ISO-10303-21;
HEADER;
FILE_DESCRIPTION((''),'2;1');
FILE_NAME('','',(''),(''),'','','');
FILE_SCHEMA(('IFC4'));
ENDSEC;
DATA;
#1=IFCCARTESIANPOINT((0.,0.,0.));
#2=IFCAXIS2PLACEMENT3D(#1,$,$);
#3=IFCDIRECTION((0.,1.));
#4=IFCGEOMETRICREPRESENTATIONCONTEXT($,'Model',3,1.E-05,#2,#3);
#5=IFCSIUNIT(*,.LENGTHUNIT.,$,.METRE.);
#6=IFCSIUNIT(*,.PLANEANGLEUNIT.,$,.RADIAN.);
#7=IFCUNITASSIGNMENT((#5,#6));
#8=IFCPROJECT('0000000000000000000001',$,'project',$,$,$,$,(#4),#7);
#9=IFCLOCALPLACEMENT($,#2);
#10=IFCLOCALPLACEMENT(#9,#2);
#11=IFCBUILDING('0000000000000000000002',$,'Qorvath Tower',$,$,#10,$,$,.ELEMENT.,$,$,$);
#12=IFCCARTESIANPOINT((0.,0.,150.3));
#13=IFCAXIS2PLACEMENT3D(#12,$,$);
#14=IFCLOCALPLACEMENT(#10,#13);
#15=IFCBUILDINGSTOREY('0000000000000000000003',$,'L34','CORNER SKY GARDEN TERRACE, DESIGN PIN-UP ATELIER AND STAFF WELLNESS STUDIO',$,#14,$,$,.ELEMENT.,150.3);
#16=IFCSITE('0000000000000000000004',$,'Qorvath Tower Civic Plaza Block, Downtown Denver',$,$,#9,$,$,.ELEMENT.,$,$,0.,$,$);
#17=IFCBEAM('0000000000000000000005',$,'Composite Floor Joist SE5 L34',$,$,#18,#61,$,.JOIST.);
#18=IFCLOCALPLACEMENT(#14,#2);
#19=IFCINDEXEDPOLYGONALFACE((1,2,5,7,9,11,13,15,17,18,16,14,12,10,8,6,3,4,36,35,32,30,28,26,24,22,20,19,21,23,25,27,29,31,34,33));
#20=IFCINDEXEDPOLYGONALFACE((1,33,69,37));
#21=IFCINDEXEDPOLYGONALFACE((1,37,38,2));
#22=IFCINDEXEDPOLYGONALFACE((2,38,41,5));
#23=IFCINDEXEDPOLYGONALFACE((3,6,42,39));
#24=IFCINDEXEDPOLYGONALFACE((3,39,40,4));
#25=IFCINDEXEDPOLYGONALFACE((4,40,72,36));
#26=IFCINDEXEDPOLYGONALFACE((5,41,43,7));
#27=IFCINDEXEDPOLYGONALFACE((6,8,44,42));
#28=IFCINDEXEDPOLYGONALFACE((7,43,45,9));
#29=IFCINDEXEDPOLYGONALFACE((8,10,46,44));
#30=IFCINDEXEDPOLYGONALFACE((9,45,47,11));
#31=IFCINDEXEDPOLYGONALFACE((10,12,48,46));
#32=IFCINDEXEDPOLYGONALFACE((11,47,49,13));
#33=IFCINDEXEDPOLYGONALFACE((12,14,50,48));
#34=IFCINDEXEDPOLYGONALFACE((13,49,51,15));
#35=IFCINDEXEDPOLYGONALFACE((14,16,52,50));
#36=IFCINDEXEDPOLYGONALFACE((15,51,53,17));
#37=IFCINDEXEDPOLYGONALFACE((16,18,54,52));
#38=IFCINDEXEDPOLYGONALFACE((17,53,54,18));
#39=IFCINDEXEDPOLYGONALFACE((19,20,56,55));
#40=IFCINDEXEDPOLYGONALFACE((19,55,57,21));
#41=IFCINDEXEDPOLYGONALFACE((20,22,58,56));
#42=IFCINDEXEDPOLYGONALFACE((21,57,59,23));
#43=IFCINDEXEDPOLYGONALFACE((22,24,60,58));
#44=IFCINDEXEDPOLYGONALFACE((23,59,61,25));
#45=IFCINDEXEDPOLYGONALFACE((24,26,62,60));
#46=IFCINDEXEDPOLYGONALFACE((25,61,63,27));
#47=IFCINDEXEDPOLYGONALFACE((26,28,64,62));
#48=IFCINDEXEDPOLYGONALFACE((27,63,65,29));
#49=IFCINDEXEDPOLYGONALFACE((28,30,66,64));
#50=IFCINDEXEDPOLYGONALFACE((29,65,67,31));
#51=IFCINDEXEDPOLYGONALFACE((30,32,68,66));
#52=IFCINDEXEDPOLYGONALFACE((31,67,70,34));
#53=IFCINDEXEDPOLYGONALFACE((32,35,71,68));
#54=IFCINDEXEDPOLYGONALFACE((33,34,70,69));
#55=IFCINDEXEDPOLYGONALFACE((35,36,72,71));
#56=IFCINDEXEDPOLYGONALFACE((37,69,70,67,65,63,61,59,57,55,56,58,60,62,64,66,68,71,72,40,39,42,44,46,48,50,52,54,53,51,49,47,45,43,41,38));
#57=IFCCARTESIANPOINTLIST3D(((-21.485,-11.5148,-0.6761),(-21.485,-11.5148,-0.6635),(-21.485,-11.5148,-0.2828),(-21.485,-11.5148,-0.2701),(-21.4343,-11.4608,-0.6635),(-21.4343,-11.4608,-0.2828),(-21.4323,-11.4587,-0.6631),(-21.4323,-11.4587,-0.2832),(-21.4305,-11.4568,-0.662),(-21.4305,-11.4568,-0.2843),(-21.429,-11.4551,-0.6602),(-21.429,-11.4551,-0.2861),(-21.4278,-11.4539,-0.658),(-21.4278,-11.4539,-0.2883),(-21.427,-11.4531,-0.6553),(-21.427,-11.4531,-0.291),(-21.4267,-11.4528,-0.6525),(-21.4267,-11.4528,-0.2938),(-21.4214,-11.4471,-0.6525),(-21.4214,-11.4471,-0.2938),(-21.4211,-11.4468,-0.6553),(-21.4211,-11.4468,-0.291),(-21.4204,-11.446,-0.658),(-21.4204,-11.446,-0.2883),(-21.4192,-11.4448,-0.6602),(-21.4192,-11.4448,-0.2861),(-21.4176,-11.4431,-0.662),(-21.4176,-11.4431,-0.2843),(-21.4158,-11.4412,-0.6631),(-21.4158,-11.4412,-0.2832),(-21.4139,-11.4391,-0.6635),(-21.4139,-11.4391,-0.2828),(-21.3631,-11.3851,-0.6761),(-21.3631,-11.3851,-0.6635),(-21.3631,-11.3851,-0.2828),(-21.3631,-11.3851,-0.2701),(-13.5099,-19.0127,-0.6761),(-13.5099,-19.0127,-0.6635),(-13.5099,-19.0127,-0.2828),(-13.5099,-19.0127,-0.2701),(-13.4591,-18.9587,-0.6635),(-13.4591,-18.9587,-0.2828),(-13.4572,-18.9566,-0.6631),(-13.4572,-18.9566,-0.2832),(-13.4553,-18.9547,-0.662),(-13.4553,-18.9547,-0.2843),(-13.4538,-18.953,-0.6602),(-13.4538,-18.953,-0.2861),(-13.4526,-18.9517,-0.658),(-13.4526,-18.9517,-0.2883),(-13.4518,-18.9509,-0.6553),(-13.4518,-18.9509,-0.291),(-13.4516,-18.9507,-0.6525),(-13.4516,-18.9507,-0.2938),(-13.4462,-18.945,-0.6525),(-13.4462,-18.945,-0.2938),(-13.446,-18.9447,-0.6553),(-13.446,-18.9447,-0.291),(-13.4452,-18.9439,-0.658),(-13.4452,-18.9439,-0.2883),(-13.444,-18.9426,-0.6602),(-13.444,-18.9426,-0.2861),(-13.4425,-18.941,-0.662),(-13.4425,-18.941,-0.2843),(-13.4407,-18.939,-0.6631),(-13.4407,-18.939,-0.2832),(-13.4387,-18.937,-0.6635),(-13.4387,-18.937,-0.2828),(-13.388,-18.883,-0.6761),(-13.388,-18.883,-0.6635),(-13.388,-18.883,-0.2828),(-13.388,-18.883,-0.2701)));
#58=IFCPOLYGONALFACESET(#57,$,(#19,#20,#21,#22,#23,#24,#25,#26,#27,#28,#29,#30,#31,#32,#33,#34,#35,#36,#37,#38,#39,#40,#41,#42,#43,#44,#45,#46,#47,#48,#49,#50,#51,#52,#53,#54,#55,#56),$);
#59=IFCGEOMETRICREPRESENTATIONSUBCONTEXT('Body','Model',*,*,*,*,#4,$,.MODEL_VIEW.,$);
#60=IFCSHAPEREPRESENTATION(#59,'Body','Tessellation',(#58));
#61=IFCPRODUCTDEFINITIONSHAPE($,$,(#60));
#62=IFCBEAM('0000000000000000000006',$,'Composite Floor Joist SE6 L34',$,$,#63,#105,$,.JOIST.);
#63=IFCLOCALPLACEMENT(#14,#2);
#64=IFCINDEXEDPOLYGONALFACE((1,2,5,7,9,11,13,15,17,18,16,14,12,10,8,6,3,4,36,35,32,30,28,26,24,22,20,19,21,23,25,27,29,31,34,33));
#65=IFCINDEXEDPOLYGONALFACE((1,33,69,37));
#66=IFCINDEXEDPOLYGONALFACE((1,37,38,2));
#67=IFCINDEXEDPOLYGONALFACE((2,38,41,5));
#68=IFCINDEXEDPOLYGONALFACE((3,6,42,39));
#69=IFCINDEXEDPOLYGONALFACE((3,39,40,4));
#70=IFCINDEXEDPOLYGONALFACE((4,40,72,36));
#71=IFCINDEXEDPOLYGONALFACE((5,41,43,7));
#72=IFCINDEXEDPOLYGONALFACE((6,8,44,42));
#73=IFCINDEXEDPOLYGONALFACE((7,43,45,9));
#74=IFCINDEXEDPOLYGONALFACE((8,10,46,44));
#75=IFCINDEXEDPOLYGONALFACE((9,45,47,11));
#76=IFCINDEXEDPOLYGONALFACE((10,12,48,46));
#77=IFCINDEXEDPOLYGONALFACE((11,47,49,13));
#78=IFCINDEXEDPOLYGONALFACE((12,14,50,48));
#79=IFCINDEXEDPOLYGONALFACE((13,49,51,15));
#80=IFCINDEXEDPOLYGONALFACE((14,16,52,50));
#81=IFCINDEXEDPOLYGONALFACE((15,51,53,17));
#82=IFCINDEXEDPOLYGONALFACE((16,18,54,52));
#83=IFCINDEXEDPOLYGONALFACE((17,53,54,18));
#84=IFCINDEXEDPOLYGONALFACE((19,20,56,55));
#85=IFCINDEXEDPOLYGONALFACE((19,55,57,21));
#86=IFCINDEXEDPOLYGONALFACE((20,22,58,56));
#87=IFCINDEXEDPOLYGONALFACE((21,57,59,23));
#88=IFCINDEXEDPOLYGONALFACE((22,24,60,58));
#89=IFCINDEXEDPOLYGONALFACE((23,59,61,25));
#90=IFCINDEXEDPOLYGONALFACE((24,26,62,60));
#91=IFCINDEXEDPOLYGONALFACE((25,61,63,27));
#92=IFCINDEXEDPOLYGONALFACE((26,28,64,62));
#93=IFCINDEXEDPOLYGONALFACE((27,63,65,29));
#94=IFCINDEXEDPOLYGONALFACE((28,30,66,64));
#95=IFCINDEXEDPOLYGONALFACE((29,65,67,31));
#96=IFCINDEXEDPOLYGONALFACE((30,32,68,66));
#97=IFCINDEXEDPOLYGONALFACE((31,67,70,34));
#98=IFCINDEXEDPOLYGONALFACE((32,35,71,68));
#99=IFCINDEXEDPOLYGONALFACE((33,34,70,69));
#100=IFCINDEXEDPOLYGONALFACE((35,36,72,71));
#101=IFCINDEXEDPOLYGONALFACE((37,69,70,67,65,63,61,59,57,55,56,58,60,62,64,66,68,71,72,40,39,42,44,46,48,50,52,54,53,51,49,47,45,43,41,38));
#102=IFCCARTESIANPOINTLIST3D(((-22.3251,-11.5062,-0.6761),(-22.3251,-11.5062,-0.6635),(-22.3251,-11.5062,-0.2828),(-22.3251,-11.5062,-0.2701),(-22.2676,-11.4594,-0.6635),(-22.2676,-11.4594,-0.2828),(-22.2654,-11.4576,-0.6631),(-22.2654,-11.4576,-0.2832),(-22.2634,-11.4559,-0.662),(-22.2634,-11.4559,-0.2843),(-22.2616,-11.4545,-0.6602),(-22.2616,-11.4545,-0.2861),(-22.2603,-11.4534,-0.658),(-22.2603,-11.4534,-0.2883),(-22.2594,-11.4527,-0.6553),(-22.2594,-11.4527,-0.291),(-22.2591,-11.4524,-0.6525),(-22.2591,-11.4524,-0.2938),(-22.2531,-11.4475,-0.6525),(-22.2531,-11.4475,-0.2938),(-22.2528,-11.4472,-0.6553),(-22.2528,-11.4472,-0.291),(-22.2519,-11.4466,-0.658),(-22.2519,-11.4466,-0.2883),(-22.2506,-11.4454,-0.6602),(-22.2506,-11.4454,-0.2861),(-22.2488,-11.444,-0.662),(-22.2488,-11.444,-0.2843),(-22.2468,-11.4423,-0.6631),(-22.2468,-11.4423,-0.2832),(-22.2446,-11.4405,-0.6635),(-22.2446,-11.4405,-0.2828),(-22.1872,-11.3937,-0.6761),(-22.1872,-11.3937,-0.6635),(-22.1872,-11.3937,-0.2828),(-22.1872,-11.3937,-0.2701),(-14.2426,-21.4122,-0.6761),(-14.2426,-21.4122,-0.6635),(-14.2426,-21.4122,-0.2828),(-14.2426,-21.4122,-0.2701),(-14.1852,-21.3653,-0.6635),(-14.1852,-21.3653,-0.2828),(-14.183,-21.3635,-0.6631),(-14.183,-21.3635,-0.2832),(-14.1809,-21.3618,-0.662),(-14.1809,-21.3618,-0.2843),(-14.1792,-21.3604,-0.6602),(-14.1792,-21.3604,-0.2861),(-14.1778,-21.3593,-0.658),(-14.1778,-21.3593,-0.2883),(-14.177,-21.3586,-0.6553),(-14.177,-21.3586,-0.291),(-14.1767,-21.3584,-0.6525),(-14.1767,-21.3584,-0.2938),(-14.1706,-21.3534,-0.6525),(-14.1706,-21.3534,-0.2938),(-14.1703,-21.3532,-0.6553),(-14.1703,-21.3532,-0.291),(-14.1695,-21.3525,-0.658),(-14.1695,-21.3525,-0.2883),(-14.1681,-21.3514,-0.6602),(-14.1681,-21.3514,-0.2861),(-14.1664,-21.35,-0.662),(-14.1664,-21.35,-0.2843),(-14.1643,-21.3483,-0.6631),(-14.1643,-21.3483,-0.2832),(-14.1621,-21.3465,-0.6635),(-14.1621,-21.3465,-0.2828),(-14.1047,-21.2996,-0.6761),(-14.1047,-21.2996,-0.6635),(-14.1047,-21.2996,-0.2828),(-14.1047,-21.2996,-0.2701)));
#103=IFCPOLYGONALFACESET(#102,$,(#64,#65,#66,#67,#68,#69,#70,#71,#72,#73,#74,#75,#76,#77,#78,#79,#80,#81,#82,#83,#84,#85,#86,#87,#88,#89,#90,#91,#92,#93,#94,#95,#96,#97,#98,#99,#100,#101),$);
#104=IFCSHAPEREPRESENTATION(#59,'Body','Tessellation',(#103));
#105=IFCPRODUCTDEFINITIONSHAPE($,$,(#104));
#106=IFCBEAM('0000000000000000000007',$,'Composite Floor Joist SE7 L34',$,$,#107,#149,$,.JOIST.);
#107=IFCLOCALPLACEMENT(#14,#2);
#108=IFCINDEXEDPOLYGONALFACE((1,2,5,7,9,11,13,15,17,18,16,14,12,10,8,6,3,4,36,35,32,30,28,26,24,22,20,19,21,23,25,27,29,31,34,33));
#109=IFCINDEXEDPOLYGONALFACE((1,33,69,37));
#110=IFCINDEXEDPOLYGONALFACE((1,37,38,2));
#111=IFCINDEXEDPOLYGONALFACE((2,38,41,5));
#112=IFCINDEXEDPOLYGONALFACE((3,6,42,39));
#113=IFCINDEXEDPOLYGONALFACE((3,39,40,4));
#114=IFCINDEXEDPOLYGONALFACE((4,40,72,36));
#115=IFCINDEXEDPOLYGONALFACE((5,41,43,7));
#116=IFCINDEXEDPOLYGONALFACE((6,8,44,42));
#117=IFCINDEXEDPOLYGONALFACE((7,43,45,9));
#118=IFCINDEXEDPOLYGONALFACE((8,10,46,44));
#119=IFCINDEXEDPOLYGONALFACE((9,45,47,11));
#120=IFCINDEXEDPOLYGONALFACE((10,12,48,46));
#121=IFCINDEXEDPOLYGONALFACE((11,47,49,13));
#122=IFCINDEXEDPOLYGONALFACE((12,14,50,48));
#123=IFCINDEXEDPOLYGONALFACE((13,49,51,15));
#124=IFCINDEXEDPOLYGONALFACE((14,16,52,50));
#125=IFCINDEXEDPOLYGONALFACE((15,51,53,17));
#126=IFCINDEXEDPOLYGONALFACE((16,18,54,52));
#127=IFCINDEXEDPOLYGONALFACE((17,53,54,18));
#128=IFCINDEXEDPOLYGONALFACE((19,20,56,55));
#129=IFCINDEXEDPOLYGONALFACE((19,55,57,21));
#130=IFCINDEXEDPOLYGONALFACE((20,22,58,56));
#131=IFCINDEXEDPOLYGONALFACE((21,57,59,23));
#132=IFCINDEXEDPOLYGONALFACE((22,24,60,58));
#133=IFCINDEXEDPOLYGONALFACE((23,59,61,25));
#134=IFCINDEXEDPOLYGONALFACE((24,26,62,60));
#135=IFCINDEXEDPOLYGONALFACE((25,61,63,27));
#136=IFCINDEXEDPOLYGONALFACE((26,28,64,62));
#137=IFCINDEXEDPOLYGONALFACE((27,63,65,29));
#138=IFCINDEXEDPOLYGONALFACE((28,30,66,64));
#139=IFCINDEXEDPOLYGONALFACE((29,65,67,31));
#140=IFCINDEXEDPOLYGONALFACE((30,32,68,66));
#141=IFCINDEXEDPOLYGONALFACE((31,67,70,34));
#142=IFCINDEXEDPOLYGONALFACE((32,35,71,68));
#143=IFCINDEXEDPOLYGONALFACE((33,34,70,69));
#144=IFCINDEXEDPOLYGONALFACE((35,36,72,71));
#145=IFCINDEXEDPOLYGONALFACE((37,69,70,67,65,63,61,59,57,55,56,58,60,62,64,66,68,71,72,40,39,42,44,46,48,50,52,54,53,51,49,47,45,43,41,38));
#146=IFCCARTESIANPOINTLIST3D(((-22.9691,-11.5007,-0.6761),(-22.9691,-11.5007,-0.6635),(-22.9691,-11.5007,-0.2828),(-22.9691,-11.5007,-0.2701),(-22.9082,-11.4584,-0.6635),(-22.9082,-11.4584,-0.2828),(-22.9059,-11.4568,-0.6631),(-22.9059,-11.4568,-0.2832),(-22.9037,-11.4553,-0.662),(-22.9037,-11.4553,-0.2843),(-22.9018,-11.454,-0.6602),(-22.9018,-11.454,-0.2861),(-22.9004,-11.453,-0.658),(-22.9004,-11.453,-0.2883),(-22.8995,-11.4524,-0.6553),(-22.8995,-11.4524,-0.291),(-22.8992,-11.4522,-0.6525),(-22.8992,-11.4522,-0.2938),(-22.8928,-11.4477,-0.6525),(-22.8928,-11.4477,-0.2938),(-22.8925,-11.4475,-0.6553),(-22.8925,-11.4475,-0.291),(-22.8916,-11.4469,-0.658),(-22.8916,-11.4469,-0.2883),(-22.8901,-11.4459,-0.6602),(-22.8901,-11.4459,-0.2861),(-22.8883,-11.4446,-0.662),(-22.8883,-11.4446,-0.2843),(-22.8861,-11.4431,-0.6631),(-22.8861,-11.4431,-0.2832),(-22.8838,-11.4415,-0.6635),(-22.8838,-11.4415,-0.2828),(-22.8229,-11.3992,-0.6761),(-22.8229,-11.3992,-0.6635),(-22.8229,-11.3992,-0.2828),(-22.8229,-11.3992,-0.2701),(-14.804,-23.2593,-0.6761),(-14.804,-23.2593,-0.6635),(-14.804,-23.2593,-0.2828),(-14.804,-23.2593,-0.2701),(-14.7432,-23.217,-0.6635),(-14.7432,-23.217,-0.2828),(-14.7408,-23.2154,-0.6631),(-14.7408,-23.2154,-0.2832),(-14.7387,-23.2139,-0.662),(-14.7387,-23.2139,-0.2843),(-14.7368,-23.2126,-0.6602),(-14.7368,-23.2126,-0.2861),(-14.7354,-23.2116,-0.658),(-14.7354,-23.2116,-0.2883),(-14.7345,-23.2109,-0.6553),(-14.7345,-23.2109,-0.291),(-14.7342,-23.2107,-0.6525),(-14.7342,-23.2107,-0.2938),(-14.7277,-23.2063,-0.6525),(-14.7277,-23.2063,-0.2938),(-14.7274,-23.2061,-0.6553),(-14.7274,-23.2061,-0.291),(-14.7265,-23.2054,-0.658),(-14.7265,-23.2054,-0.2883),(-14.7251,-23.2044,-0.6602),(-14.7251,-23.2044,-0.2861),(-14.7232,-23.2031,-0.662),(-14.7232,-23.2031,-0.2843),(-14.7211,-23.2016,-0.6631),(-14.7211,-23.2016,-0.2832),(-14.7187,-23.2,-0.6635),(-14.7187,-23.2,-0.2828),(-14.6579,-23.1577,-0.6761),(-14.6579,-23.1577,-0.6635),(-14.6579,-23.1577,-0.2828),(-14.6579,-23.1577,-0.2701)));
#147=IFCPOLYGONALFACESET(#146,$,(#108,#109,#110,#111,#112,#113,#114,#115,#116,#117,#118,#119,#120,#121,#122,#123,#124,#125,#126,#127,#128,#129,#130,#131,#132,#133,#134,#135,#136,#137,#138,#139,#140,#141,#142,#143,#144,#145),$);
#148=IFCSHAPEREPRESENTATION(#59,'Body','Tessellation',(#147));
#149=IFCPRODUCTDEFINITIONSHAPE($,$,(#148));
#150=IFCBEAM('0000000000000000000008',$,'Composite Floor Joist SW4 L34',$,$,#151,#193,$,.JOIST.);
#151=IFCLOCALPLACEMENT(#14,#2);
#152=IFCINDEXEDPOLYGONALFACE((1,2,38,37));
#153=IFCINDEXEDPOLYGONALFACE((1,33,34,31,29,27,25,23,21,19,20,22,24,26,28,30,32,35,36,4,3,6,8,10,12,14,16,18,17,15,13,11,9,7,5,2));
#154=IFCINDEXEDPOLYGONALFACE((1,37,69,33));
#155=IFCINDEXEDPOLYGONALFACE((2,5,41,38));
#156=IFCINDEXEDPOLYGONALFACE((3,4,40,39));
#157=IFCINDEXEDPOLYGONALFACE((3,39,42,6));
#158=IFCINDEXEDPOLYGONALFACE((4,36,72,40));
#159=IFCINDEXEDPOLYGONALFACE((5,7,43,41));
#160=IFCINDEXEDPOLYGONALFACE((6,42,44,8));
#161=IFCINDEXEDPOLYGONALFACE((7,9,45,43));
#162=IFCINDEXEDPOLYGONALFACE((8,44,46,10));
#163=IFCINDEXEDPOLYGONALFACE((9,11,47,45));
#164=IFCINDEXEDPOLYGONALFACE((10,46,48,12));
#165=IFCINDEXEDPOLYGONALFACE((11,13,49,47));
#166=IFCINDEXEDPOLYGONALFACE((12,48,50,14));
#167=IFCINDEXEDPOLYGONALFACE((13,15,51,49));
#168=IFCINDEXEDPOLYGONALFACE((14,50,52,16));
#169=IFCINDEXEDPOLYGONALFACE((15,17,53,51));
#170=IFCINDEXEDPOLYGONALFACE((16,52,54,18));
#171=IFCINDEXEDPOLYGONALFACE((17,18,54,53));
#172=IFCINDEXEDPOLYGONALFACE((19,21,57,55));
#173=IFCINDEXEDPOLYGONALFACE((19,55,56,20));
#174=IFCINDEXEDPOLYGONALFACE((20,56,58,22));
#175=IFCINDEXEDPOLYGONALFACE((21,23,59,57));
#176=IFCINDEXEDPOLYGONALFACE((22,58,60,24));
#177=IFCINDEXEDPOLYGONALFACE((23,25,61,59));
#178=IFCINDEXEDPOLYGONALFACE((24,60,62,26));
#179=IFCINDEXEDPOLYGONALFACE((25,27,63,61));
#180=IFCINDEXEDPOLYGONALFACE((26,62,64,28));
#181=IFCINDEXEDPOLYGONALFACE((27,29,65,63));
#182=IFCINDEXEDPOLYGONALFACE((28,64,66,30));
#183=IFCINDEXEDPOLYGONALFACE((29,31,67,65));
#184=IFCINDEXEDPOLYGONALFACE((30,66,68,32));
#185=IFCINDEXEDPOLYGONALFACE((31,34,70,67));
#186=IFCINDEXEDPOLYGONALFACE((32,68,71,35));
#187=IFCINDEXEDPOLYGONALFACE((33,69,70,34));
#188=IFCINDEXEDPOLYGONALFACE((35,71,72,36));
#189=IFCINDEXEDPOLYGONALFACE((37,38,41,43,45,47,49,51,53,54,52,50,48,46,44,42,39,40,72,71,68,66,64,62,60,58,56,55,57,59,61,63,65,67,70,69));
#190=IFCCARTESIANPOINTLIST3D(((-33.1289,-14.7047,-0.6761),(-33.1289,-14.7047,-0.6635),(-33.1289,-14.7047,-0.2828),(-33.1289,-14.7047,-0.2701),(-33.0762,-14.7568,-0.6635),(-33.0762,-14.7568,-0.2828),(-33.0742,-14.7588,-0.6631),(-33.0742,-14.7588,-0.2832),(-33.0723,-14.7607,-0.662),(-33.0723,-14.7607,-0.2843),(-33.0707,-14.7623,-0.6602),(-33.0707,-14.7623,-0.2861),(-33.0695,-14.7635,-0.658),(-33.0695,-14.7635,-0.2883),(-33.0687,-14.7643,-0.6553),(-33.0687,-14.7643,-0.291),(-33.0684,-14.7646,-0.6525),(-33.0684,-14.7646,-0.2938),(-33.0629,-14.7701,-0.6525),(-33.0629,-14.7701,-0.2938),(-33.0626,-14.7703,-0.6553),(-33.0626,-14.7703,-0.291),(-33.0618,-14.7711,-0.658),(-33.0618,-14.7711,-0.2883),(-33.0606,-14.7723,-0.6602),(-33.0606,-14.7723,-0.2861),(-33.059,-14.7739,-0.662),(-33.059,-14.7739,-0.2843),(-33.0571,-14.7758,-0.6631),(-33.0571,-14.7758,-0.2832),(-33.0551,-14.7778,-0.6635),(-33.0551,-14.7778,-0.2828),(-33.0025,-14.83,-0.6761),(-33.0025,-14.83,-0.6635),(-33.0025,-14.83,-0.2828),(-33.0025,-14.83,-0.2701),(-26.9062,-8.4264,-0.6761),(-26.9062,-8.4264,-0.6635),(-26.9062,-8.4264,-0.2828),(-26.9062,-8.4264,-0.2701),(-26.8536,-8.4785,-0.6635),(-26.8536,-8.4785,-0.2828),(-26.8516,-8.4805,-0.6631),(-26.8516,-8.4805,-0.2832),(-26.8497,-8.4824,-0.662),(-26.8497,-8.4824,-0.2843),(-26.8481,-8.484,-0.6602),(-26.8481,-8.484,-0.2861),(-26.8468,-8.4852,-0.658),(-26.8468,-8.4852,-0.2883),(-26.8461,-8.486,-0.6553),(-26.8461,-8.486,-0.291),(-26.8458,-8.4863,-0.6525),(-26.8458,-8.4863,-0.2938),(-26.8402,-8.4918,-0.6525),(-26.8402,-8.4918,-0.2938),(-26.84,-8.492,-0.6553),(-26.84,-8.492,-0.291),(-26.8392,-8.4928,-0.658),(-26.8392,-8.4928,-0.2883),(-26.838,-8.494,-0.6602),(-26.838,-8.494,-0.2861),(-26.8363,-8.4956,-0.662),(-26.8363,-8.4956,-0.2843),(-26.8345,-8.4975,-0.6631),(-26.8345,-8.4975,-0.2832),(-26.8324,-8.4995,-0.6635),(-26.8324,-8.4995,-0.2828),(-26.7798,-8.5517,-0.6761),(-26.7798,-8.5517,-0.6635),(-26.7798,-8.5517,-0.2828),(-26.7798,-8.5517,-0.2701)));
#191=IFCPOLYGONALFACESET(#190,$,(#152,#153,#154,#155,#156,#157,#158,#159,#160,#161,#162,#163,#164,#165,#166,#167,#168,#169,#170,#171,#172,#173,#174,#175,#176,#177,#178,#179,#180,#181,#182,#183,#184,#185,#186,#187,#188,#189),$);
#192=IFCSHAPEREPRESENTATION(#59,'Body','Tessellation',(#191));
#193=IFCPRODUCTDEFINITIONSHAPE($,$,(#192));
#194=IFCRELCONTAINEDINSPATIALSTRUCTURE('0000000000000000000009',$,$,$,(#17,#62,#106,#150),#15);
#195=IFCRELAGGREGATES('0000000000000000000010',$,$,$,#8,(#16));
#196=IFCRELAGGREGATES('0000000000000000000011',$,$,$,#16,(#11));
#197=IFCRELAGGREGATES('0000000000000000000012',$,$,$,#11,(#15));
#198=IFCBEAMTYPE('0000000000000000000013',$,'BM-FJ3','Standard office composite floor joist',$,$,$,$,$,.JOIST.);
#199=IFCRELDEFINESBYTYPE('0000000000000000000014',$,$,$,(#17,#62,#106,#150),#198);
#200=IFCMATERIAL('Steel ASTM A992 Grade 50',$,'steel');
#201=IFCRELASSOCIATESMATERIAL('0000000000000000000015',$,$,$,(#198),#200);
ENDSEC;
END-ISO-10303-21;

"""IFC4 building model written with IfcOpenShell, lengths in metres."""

from ifc_helpers import new_model, si_unit, direction, frame, origin, origin_2d, place, context, subcontext, project, spatial, i_section, extrude, material, material_profile, profile_set, type_object, element, save


model = new_model("IFC4")

# Units and contexts
model_context = context("Model", 3, precision=1e-05, world=origin(), true_north=direction((0.0, 1.0)))
body_context = subcontext(model_context, "Body", "Model", "MODEL_VIEW")
ifc_project = project(units=[si_unit("LENGTHUNIT", "METRE"), si_unit("PLANEANGLEUNIT", "RADIAN")], contexts=[model_context])

# Site, building, storey
site_placement = place(None, origin())
site = spatial("IfcSite", under=ifc_project, at=site_placement, Name="Qorvath Tower Civic Plaza Block, Downtown Denver", CompositionType="ELEMENT", RefElevation=0.0)
building_placement = place(site_placement, origin())
building = spatial("IfcBuilding", under=site, at=building_placement, Name="Qorvath Tower", CompositionType="ELEMENT")
storey_placement = place(building_placement, frame((0.0, 0.0, 150.3)))
storey = spatial("IfcBuildingStorey", under=building, at=storey_placement, Name="L34", Description="CORNER SKY GARDEN TERRACE, DESIGN PIN-UP ATELIER AND STAFF WELLNESS STUDIO", CompositionType="ELEMENT", Elevation=150.3)

# Beams
ifc_material_1 = material(Name="Steel ASTM A992 Grade 50", Category="steel")
ifc_material_profile_1 = material_profile(ifc_material_1, i_section(OverallWidth=0.178, OverallDepth=0.406, WebThickness=0.0078, FlangeThickness=0.0127, FilletRadius=0.011, at=origin_2d()), Name="W16x40")
ifc_profile_set_1 = profile_set([ifc_material_profile_1], Name="Steel ASTM A992 Grade 50")
beam_type_1 = type_object("IfcBeamType", Name="BM-FJ3", Description="Standard office composite floor joist", PredefinedType="JOIST", material=ifc_profile_set_1)
beam_1_placement = place(storey_placement, frame((-21.4241, -11.45, -0.4731), z_axis=(0.728572, -0.684969, 0.0), x_axis=(0.684969, 0.728572, 0.0)))
element("IfcBeam", 1, at=beam_1_placement, inside=storey, type_object=beam_type_1, Name="Composite Floor Joist SE5 L34", PredefinedType="JOIST", context=body_context, shape_type="SweptSolid", body=[
    extrude(i_section(OverallWidth=0.178, OverallDepth=0.406, WebThickness=0.0078, FlangeThickness=0.0127, FilletRadius=0.011, at=origin_2d()), origin(), (0.0, 0.0, 1.0), 10.9463),
])
beam_2_placement = place(storey_placement, frame((-22.2561, -11.45, -0.4731), z_axis=(0.632188, -0.774815, 0.0), x_axis=(0.774815, 0.632188, 0.0)))
element("IfcBeam", 2, at=beam_2_placement, inside=storey, type_object=beam_type_1, Name="Composite Floor Joist SE6 L34", PredefinedType="JOIST", context=body_context, shape_type="SweptSolid", body=[
    extrude(i_section(OverallWidth=0.178, OverallDepth=0.406, WebThickness=0.0078, FlangeThickness=0.0127, FilletRadius=0.011, at=origin_2d()), origin(), (0.0, 0.0, 1.0), 12.7849),
])
beam_3_placement = place(storey_placement, frame((-22.896, -11.45, -0.4731), z_axis=(0.570367, -0.82139, 0.0), x_axis=(0.82139, 0.570367, 0.0)))
element("IfcBeam", 3, at=beam_3_placement, inside=storey, type_object=beam_type_1, Name="Composite Floor Joist SE7 L34", PredefinedType="JOIST", context=body_context, shape_type="SweptSolid", body=[
    extrude(i_section(OverallWidth=0.178, OverallDepth=0.406, WebThickness=0.0078, FlangeThickness=0.0127, FilletRadius=0.011, at=origin_2d()), origin(), (0.0, 0.0, 1.0), 14.3154),
])
beam_4_placement = place(storey_placement, frame((-26.843, -8.489, -0.4731), z_axis=(-0.703951, -0.710248, 0.0), x_axis=(0.710248, -0.703951, 0.0)))
element("IfcBeam", 4, at=beam_4_placement, inside=storey, type_object=beam_type_1, Name="Composite Floor Joist SW4 L34", PredefinedType="JOIST", context=body_context, shape_type="SweptSolid", body=[
    extrude(i_section(OverallWidth=0.178, OverallDepth=0.406, WebThickness=0.0078, FlangeThickness=0.0127, FilletRadius=0.011, at=origin_2d()), origin(), (0.0, 0.0, 1.0), 8.8396),
])

save(model, "model.ifc")
